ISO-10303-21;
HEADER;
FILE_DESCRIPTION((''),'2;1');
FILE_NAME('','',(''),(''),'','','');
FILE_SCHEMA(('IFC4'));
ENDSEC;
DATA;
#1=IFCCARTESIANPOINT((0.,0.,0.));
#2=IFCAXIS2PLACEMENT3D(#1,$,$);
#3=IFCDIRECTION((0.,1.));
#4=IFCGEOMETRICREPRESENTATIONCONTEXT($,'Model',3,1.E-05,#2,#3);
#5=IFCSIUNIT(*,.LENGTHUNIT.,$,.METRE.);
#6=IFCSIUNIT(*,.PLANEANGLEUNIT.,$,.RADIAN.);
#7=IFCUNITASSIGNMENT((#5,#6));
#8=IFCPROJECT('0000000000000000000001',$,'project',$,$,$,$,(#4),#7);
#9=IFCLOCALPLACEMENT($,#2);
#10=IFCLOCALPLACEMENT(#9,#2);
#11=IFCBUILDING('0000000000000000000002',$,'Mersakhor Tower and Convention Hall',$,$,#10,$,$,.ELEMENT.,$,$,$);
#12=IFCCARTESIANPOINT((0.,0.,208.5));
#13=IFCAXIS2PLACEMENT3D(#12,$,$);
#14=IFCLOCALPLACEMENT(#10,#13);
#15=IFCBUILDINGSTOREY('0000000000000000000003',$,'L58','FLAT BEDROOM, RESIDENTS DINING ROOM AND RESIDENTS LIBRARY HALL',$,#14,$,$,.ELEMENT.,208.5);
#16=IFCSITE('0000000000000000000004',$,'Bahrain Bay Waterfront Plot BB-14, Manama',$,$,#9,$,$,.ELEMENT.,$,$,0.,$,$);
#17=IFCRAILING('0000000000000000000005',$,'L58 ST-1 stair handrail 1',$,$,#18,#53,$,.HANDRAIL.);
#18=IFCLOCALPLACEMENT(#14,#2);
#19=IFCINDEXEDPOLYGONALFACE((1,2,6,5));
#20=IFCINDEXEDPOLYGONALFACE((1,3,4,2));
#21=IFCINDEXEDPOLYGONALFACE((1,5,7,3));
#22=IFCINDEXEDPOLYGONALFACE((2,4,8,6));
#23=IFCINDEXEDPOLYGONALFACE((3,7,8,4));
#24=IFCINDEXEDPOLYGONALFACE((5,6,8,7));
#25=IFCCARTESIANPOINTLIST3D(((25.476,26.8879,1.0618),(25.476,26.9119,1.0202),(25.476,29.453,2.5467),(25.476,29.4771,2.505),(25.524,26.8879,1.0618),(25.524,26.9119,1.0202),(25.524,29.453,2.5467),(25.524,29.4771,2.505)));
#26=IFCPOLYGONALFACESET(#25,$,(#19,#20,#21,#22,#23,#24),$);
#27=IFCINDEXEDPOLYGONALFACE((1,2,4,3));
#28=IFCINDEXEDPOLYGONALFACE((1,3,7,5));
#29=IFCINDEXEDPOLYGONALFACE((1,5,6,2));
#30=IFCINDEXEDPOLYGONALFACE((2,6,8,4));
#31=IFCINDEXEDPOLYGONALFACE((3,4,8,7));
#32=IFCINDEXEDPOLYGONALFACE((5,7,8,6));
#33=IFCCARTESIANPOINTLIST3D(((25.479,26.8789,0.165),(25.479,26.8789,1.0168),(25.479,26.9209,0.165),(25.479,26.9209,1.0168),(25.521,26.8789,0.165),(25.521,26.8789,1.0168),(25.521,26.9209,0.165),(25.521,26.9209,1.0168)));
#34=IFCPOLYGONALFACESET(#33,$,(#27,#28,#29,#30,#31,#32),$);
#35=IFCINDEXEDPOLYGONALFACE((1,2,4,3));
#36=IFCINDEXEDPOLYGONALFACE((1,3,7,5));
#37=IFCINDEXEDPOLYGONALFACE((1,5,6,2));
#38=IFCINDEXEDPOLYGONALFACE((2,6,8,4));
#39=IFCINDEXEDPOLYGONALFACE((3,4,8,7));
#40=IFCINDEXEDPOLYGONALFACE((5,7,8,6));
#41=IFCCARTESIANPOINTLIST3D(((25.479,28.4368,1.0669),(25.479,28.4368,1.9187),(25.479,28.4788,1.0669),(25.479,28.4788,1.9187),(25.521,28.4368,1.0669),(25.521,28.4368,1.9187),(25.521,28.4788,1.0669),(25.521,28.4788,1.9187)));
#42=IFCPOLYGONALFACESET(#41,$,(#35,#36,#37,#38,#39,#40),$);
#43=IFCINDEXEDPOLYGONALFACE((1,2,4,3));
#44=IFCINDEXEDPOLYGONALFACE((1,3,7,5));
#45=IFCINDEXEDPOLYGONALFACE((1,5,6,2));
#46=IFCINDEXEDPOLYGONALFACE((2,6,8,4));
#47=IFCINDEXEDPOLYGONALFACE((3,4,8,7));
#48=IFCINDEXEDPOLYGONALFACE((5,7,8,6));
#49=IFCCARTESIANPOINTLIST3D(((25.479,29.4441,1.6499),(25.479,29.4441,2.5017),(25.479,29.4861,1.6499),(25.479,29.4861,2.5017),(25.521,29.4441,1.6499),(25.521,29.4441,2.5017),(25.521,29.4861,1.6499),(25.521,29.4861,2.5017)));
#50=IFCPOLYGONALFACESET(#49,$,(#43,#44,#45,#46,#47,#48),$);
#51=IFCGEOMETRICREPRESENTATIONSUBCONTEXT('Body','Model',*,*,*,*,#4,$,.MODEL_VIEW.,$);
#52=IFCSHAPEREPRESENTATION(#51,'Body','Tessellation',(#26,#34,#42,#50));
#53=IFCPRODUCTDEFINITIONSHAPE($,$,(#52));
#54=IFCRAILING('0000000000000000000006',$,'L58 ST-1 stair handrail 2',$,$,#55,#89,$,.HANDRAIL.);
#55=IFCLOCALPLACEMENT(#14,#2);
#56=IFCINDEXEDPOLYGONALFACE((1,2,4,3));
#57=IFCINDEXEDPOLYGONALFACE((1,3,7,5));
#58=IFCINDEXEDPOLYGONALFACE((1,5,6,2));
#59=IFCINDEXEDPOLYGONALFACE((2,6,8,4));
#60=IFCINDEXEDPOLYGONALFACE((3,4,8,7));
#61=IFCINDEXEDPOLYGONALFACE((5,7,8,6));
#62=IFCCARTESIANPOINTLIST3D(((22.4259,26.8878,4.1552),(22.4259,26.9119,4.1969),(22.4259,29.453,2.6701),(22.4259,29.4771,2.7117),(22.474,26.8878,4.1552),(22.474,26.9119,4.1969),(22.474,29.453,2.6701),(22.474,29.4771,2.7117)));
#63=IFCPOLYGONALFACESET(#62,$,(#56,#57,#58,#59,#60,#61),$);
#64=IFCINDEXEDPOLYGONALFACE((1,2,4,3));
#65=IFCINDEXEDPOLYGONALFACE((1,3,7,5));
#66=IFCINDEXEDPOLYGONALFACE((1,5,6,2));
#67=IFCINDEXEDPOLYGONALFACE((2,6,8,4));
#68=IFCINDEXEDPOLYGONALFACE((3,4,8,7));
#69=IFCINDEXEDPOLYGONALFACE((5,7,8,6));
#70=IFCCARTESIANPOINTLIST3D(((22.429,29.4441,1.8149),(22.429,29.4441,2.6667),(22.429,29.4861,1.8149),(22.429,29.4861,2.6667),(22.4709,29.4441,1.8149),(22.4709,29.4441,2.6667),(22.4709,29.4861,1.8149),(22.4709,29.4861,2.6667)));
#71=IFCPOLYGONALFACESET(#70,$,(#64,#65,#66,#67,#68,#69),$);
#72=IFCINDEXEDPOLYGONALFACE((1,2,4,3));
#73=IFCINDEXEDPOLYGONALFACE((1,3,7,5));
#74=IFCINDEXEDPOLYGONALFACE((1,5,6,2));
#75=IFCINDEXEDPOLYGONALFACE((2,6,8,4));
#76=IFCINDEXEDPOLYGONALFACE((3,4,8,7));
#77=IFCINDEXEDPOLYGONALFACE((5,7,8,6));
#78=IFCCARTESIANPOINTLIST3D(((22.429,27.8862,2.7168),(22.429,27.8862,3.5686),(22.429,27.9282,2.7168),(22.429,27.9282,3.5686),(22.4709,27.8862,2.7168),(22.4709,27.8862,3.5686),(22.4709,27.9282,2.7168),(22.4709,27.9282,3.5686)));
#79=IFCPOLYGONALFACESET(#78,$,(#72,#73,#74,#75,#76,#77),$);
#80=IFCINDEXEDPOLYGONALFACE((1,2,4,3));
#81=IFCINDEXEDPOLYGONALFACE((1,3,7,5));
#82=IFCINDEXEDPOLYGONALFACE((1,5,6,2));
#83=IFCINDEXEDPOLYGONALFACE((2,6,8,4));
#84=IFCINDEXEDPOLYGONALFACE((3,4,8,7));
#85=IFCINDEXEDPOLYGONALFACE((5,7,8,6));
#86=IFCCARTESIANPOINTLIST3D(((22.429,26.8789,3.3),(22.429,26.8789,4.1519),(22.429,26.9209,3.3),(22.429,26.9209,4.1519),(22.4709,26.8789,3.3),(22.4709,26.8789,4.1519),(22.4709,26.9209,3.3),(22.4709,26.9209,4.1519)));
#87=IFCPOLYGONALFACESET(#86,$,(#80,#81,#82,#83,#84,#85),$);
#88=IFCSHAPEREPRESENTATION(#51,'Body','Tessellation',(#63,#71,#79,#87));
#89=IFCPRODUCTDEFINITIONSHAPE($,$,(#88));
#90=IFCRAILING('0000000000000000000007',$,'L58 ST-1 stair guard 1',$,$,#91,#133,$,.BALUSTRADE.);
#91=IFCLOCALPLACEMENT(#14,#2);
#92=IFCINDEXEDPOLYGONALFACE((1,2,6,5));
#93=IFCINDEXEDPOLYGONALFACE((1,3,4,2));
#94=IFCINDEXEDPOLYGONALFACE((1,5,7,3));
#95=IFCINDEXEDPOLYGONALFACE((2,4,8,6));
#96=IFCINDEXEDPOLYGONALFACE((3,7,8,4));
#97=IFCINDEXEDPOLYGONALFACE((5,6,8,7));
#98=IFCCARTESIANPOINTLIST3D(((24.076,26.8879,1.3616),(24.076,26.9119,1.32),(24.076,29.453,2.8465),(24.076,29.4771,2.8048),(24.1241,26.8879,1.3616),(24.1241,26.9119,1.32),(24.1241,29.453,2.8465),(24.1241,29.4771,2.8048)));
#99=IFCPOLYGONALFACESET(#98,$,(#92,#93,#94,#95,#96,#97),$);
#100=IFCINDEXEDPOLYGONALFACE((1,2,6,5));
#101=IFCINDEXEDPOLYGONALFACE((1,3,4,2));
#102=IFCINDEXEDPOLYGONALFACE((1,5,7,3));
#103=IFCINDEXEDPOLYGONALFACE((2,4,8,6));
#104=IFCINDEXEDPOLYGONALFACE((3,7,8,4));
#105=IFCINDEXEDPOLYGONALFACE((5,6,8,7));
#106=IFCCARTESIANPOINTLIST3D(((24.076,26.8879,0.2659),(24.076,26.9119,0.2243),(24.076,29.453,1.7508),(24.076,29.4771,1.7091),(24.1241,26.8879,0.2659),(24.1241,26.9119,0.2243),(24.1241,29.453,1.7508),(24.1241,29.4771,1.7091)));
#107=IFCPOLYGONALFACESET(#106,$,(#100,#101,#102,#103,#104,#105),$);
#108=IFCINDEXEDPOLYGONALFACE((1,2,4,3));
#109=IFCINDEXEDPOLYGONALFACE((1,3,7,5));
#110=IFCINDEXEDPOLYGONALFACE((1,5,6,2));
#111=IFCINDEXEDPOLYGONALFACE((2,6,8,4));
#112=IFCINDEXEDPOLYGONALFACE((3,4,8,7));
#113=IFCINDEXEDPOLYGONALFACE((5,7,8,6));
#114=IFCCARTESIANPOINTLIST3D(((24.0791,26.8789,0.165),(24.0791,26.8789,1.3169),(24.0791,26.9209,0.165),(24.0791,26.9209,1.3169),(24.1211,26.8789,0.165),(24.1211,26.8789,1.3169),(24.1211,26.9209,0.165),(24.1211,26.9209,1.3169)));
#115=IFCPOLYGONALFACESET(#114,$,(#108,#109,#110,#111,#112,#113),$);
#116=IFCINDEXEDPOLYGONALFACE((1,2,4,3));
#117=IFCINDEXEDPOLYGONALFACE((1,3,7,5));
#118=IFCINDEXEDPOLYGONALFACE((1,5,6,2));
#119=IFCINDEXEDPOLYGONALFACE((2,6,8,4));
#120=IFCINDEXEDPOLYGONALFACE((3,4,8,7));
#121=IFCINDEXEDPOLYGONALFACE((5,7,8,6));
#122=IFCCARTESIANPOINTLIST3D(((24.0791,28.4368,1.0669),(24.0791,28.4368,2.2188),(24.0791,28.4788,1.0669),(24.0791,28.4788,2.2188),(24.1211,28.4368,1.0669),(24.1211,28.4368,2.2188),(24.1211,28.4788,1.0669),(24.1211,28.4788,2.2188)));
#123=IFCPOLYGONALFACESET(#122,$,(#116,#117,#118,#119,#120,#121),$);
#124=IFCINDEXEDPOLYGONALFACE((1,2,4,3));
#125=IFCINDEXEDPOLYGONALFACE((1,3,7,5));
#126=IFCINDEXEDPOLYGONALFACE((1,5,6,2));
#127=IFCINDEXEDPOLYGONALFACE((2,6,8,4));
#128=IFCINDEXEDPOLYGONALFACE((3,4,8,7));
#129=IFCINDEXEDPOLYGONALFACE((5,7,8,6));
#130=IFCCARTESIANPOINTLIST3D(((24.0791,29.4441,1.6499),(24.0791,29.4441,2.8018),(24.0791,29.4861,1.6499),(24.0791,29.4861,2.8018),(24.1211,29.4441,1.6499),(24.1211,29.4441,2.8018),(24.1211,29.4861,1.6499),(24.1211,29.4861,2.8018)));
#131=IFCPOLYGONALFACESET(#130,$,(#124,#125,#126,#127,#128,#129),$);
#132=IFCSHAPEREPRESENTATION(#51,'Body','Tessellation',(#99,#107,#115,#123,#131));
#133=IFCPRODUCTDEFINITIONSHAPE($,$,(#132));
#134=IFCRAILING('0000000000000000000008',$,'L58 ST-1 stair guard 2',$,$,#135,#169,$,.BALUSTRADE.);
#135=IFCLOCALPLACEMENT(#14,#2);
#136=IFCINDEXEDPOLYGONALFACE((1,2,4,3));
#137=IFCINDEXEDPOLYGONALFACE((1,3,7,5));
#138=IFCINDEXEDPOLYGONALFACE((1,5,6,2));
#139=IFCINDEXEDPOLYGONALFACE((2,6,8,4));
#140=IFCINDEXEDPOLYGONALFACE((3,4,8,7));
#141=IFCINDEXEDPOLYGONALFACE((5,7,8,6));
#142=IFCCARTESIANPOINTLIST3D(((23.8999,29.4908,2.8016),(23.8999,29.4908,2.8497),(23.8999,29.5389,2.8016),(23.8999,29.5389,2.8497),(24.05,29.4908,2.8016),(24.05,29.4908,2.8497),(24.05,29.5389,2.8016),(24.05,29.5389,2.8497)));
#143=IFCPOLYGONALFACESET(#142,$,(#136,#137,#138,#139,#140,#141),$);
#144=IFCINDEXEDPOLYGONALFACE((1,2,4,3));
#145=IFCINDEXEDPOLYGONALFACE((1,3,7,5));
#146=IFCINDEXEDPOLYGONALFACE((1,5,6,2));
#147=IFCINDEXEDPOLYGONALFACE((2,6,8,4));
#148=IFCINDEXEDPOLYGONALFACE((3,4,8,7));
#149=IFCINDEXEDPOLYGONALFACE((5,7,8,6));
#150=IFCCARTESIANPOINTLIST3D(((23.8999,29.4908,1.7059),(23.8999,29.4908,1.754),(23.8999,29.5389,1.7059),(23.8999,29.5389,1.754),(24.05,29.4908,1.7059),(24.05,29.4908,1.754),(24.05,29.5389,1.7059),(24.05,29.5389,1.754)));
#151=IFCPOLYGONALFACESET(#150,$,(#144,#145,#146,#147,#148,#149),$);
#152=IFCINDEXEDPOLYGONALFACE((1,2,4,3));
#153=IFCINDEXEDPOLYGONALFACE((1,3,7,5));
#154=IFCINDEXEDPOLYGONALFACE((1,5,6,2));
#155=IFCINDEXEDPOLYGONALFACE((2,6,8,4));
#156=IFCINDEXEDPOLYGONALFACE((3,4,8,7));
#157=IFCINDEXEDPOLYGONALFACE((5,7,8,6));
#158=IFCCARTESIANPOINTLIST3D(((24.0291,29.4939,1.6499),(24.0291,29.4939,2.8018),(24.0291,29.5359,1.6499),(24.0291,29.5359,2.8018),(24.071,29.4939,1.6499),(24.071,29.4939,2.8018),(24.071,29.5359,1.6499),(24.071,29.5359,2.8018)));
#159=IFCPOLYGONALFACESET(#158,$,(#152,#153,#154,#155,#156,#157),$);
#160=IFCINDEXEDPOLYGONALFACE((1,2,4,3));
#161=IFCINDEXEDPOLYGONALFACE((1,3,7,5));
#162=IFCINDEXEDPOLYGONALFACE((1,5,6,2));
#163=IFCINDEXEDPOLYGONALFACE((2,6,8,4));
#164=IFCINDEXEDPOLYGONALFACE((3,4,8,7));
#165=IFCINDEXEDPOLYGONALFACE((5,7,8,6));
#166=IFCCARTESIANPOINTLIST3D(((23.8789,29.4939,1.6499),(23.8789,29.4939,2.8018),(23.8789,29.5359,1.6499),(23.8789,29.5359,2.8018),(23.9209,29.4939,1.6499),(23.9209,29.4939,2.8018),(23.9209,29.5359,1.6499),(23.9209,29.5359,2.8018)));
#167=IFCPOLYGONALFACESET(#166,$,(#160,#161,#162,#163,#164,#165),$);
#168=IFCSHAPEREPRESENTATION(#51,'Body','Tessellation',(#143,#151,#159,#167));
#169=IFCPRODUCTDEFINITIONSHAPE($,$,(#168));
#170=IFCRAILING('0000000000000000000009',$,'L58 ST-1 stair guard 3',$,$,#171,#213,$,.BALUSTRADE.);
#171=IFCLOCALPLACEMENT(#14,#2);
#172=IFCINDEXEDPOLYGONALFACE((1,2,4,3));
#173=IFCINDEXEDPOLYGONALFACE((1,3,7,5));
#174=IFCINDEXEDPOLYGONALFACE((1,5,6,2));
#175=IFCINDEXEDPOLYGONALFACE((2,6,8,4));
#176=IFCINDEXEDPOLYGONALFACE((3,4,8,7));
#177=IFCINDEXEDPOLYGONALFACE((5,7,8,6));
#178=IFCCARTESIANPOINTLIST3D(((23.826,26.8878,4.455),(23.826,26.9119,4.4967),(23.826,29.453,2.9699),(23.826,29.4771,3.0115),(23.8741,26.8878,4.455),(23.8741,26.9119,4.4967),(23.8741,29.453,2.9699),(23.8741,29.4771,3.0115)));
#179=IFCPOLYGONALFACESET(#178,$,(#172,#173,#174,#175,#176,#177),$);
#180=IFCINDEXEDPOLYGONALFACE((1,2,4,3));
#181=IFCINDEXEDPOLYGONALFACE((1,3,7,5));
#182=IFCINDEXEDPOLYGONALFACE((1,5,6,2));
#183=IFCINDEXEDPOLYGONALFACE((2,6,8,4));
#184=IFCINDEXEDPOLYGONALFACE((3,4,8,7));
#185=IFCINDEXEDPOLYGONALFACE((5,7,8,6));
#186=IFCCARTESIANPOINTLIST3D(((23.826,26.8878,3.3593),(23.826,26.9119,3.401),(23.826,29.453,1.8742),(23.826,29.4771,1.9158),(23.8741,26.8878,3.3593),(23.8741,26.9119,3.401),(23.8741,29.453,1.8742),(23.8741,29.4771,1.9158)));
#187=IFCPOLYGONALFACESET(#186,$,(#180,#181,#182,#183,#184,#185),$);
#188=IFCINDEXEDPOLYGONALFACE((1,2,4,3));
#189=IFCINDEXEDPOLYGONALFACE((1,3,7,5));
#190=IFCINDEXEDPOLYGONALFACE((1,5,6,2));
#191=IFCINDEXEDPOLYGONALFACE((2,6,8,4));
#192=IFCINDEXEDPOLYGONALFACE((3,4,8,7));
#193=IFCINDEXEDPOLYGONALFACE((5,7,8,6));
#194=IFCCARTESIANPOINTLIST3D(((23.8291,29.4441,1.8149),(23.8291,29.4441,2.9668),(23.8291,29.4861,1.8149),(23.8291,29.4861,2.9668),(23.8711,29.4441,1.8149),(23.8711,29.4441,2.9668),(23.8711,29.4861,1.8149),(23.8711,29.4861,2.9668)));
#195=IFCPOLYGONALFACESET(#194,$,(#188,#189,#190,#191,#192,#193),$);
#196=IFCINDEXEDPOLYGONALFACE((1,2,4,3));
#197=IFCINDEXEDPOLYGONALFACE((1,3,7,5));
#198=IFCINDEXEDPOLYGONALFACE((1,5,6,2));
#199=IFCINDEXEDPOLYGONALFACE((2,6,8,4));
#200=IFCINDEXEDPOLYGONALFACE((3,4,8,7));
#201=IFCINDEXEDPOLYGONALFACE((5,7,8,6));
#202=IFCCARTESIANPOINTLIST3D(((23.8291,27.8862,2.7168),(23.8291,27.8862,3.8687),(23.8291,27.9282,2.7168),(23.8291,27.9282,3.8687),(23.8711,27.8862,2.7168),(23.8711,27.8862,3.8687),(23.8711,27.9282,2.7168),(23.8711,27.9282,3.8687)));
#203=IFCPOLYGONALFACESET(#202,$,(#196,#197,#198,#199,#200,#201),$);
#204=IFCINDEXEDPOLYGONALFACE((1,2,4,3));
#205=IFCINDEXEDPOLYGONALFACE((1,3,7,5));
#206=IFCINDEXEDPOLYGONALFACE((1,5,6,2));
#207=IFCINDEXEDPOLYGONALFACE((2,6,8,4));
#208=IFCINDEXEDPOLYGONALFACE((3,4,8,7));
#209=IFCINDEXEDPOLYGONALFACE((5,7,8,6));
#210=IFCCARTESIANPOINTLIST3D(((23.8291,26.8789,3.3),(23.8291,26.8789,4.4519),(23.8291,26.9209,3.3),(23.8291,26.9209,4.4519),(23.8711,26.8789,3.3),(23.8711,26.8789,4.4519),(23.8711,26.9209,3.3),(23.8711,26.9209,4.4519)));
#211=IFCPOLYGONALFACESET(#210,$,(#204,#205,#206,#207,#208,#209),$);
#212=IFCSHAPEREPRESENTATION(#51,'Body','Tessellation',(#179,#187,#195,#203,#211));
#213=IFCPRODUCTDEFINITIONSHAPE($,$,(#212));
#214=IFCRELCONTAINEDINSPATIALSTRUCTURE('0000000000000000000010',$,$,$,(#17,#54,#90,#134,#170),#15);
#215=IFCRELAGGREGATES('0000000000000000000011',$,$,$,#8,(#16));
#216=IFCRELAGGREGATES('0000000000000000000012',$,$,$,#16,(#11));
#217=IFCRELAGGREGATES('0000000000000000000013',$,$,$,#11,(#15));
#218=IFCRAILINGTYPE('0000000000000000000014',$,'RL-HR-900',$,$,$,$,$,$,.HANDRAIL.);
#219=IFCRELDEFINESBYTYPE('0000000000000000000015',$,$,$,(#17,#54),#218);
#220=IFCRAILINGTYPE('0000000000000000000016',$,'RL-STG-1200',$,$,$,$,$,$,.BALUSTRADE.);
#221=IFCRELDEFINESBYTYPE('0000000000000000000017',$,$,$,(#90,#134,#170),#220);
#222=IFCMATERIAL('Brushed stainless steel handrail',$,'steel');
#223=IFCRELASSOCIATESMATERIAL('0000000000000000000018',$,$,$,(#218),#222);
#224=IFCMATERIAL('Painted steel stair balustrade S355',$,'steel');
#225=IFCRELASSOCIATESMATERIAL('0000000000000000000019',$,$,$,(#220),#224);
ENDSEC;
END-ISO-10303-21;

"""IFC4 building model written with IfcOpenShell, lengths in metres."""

from ifc_helpers import new_model, si_unit, direction, frame, origin, origin_2d, place, context, subcontext, project, spatial, rectangle, extrude, material, type_object, element, save


model = new_model("IFC4")

# Units and contexts
model_context = context("Model", 3, precision=1e-05, world=origin(), true_north=direction((0.0, 1.0)))
body_context = subcontext(model_context, "Body", "Model", "MODEL_VIEW")
ifc_project = project(units=[si_unit("LENGTHUNIT", "METRE"), si_unit("PLANEANGLEUNIT", "RADIAN")], contexts=[model_context])

# Site, building, storey
site_placement = place(None, origin())
site = spatial("IfcSite", under=ifc_project, at=site_placement, Name="Bahrain Bay Waterfront Plot BB-14, Manama", CompositionType="ELEMENT", RefElevation=0.0)
building_placement = place(site_placement, origin())
building = spatial("IfcBuilding", under=site, at=building_placement, Name="Mersakhor Tower and Convention Hall", CompositionType="ELEMENT")
storey_placement = place(building_placement, frame((0.0, 0.0, 208.5)))
storey = spatial("IfcBuildingStorey", under=building, at=storey_placement, Name="L58", Description="FLAT BEDROOM, RESIDENTS DINING ROOM AND RESIDENTS LIBRARY HALL", CompositionType="ELEMENT", Elevation=208.5)

# Railings
ifc_material_1 = material(Name="Brushed stainless steel handrail", Category="steel")
railing_type_1 = type_object("IfcRailingType", Name="RL-HR-900", PredefinedType="HANDRAIL", material=ifc_material_1)
railing_1_placement = place(storey_placement, frame((25.5, 26.8999, 0.165)))
element("IfcRailing", 1, at=railing_1_placement, inside=storey, type_object=railing_type_1, Name="L58 ST-1 stair handrail 1", PredefinedType="HANDRAIL", context=body_context, shape_type="SweptSolid", body=[
    extrude(rectangle(XDim=0.0481, YDim=0.0481, at=origin_2d()), frame((0.0, 0.0, 0.876), z_axis=(0.0, 0.865462, 0.500975), x_axis=(-1.0, 0.0, 0.0)), (0.0, 0.0, 1.0), 2.9639),
    extrude(rectangle(XDim=0.042, YDim=0.042, at=origin_2d()), origin(), (0.0, 0.0, 1.0), 0.8518),
    extrude(rectangle(XDim=0.042, YDim=0.042, at=origin_2d()), frame((0.0, 1.5579, 0.9019)), (0.0, 0.0, 1.0), 0.8518),
    extrude(rectangle(XDim=0.042, YDim=0.042, at=origin_2d()), frame((0.0, 2.5652, 1.4849)), (0.0, 0.0, 1.0), 0.8518),
])
railing_2_placement = place(storey_placement, frame((22.45, 29.4651, 1.8149)))
element("IfcRailing", 2, at=railing_2_placement, inside=storey, type_object=railing_type_1, Name="L58 ST-1 stair handrail 2", PredefinedType="HANDRAIL", context=body_context, shape_type="SweptSolid", body=[
    extrude(rectangle(XDim=0.0481, YDim=0.0481, at=origin_2d()), frame((0.0, 0.0, 0.876), z_axis=(0.0, -0.865426, 0.501036), x_axis=(1.0, 0.0, 0.0)), (0.0, 0.0, 1.0), 2.9641),
    extrude(rectangle(XDim=0.042, YDim=0.042, at=origin_2d()), origin(), (0.0, 0.0, 1.0), 0.8518),
    extrude(rectangle(XDim=0.042, YDim=0.042, at=origin_2d()), frame((0.0, -1.5579, 0.9019)), (0.0, 0.0, 1.0), 0.8518),
    extrude(rectangle(XDim=0.042, YDim=0.042, at=origin_2d()), frame((0.0, -2.5652, 1.4851)), (0.0, 0.0, 1.0), 0.8518),
])
ifc_material_2 = material(Name="Painted steel stair balustrade S355", Category="steel")
railing_type_2 = type_object("IfcRailingType", Name="RL-STG-1200", PredefinedType="BALUSTRADE", material=ifc_material_2)
railing_3_placement = place(storey_placement, frame((24.1001, 26.8999, 0.165)))
element("IfcRailing", 3, at=railing_3_placement, inside=storey, type_object=railing_type_2, Name="L58 ST-1 stair guard 1", PredefinedType="BALUSTRADE", context=body_context, shape_type="SweptSolid", body=[
    extrude(rectangle(XDim=0.0481, YDim=0.0481, at=origin_2d()), frame((0.0, 0.0, 1.1758), z_axis=(0.0, 0.865462, 0.500975), x_axis=(-1.0, 0.0, 0.0)), (0.0, 0.0, 1.0), 2.9639),
    extrude(rectangle(XDim=0.0481, YDim=0.0481, at=origin_2d()), frame((0.0, 0.0, 0.0801), z_axis=(0.0, 0.865462, 0.500975), x_axis=(-1.0, 0.0, 0.0)), (0.0, 0.0, 1.0), 2.9639),
    extrude(rectangle(XDim=0.042, YDim=0.042, at=origin_2d()), origin(), (0.0, 0.0, 1.0), 1.1519),
    extrude(rectangle(XDim=0.042, YDim=0.042, at=origin_2d()), frame((0.0, 1.5579, 0.9019)), (0.0, 0.0, 1.0), 1.1519),
    extrude(rectangle(XDim=0.042, YDim=0.042, at=origin_2d()), frame((0.0, 2.5652, 1.4849)), (0.0, 0.0, 1.0), 1.1519),
])
railing_4_placement = place(storey_placement, frame((24.05, 29.5149, 1.6499)))
element("IfcRailing", 4, at=railing_4_placement, inside=storey, type_object=railing_type_2, Name="L58 ST-1 stair guard 2", PredefinedType="BALUSTRADE", context=body_context, shape_type="SweptSolid", body=[
    extrude(rectangle(XDim=0.0481, YDim=0.0481, at=origin_2d()), frame((0.0, 0.0, 1.1758), z_axis=(-1.0, 0.0, 0.0), x_axis=(0.0, -1.0, 0.0)), (0.0, 0.0, 1.0), 0.1501),
    extrude(rectangle(XDim=0.0481, YDim=0.0481, at=origin_2d()), frame((0.0, 0.0, 0.0801), z_axis=(-1.0, 0.0, 0.0), x_axis=(0.0, -1.0, 0.0)), (0.0, 0.0, 1.0), 0.1501),
    extrude(rectangle(XDim=0.042, YDim=0.042, at=origin_2d()), origin(), (0.0, 0.0, 1.0), 1.1519),
    extrude(rectangle(XDim=0.042, YDim=0.042, at=origin_2d()), frame((-0.1501, 0.0, 0.0)), (0.0, 0.0, 1.0), 1.1519),
])
railing_5_placement = place(storey_placement, frame((23.8501, 29.4651, 1.8149)))
element("IfcRailing", 5, at=railing_5_placement, inside=storey, type_object=railing_type_2, Name="L58 ST-1 stair guard 3", PredefinedType="BALUSTRADE", context=body_context, shape_type="SweptSolid", body=[
    extrude(rectangle(XDim=0.0481, YDim=0.0481, at=origin_2d()), frame((0.0, 0.0, 1.1758), z_axis=(0.0, -0.865426, 0.501036), x_axis=(1.0, 0.0, 0.0)), (0.0, 0.0, 1.0), 2.9641),
    extrude(rectangle(XDim=0.0481, YDim=0.0481, at=origin_2d()), frame((0.0, 0.0, 0.0801), z_axis=(0.0, -0.865426, 0.501036), x_axis=(1.0, 0.0, 0.0)), (0.0, 0.0, 1.0), 2.9641),
    extrude(rectangle(XDim=0.042, YDim=0.042, at=origin_2d()), origin(), (0.0, 0.0, 1.0), 1.1519),
    extrude(rectangle(XDim=0.042, YDim=0.042, at=origin_2d()), frame((0.0, -1.5579, 0.9019)), (0.0, 0.0, 1.0), 1.1519),
    extrude(rectangle(XDim=0.042, YDim=0.042, at=origin_2d()), frame((0.0, -2.5652, 1.4851)), (0.0, 0.0, 1.0), 1.1519),
])

save(model, "model.ifc")
